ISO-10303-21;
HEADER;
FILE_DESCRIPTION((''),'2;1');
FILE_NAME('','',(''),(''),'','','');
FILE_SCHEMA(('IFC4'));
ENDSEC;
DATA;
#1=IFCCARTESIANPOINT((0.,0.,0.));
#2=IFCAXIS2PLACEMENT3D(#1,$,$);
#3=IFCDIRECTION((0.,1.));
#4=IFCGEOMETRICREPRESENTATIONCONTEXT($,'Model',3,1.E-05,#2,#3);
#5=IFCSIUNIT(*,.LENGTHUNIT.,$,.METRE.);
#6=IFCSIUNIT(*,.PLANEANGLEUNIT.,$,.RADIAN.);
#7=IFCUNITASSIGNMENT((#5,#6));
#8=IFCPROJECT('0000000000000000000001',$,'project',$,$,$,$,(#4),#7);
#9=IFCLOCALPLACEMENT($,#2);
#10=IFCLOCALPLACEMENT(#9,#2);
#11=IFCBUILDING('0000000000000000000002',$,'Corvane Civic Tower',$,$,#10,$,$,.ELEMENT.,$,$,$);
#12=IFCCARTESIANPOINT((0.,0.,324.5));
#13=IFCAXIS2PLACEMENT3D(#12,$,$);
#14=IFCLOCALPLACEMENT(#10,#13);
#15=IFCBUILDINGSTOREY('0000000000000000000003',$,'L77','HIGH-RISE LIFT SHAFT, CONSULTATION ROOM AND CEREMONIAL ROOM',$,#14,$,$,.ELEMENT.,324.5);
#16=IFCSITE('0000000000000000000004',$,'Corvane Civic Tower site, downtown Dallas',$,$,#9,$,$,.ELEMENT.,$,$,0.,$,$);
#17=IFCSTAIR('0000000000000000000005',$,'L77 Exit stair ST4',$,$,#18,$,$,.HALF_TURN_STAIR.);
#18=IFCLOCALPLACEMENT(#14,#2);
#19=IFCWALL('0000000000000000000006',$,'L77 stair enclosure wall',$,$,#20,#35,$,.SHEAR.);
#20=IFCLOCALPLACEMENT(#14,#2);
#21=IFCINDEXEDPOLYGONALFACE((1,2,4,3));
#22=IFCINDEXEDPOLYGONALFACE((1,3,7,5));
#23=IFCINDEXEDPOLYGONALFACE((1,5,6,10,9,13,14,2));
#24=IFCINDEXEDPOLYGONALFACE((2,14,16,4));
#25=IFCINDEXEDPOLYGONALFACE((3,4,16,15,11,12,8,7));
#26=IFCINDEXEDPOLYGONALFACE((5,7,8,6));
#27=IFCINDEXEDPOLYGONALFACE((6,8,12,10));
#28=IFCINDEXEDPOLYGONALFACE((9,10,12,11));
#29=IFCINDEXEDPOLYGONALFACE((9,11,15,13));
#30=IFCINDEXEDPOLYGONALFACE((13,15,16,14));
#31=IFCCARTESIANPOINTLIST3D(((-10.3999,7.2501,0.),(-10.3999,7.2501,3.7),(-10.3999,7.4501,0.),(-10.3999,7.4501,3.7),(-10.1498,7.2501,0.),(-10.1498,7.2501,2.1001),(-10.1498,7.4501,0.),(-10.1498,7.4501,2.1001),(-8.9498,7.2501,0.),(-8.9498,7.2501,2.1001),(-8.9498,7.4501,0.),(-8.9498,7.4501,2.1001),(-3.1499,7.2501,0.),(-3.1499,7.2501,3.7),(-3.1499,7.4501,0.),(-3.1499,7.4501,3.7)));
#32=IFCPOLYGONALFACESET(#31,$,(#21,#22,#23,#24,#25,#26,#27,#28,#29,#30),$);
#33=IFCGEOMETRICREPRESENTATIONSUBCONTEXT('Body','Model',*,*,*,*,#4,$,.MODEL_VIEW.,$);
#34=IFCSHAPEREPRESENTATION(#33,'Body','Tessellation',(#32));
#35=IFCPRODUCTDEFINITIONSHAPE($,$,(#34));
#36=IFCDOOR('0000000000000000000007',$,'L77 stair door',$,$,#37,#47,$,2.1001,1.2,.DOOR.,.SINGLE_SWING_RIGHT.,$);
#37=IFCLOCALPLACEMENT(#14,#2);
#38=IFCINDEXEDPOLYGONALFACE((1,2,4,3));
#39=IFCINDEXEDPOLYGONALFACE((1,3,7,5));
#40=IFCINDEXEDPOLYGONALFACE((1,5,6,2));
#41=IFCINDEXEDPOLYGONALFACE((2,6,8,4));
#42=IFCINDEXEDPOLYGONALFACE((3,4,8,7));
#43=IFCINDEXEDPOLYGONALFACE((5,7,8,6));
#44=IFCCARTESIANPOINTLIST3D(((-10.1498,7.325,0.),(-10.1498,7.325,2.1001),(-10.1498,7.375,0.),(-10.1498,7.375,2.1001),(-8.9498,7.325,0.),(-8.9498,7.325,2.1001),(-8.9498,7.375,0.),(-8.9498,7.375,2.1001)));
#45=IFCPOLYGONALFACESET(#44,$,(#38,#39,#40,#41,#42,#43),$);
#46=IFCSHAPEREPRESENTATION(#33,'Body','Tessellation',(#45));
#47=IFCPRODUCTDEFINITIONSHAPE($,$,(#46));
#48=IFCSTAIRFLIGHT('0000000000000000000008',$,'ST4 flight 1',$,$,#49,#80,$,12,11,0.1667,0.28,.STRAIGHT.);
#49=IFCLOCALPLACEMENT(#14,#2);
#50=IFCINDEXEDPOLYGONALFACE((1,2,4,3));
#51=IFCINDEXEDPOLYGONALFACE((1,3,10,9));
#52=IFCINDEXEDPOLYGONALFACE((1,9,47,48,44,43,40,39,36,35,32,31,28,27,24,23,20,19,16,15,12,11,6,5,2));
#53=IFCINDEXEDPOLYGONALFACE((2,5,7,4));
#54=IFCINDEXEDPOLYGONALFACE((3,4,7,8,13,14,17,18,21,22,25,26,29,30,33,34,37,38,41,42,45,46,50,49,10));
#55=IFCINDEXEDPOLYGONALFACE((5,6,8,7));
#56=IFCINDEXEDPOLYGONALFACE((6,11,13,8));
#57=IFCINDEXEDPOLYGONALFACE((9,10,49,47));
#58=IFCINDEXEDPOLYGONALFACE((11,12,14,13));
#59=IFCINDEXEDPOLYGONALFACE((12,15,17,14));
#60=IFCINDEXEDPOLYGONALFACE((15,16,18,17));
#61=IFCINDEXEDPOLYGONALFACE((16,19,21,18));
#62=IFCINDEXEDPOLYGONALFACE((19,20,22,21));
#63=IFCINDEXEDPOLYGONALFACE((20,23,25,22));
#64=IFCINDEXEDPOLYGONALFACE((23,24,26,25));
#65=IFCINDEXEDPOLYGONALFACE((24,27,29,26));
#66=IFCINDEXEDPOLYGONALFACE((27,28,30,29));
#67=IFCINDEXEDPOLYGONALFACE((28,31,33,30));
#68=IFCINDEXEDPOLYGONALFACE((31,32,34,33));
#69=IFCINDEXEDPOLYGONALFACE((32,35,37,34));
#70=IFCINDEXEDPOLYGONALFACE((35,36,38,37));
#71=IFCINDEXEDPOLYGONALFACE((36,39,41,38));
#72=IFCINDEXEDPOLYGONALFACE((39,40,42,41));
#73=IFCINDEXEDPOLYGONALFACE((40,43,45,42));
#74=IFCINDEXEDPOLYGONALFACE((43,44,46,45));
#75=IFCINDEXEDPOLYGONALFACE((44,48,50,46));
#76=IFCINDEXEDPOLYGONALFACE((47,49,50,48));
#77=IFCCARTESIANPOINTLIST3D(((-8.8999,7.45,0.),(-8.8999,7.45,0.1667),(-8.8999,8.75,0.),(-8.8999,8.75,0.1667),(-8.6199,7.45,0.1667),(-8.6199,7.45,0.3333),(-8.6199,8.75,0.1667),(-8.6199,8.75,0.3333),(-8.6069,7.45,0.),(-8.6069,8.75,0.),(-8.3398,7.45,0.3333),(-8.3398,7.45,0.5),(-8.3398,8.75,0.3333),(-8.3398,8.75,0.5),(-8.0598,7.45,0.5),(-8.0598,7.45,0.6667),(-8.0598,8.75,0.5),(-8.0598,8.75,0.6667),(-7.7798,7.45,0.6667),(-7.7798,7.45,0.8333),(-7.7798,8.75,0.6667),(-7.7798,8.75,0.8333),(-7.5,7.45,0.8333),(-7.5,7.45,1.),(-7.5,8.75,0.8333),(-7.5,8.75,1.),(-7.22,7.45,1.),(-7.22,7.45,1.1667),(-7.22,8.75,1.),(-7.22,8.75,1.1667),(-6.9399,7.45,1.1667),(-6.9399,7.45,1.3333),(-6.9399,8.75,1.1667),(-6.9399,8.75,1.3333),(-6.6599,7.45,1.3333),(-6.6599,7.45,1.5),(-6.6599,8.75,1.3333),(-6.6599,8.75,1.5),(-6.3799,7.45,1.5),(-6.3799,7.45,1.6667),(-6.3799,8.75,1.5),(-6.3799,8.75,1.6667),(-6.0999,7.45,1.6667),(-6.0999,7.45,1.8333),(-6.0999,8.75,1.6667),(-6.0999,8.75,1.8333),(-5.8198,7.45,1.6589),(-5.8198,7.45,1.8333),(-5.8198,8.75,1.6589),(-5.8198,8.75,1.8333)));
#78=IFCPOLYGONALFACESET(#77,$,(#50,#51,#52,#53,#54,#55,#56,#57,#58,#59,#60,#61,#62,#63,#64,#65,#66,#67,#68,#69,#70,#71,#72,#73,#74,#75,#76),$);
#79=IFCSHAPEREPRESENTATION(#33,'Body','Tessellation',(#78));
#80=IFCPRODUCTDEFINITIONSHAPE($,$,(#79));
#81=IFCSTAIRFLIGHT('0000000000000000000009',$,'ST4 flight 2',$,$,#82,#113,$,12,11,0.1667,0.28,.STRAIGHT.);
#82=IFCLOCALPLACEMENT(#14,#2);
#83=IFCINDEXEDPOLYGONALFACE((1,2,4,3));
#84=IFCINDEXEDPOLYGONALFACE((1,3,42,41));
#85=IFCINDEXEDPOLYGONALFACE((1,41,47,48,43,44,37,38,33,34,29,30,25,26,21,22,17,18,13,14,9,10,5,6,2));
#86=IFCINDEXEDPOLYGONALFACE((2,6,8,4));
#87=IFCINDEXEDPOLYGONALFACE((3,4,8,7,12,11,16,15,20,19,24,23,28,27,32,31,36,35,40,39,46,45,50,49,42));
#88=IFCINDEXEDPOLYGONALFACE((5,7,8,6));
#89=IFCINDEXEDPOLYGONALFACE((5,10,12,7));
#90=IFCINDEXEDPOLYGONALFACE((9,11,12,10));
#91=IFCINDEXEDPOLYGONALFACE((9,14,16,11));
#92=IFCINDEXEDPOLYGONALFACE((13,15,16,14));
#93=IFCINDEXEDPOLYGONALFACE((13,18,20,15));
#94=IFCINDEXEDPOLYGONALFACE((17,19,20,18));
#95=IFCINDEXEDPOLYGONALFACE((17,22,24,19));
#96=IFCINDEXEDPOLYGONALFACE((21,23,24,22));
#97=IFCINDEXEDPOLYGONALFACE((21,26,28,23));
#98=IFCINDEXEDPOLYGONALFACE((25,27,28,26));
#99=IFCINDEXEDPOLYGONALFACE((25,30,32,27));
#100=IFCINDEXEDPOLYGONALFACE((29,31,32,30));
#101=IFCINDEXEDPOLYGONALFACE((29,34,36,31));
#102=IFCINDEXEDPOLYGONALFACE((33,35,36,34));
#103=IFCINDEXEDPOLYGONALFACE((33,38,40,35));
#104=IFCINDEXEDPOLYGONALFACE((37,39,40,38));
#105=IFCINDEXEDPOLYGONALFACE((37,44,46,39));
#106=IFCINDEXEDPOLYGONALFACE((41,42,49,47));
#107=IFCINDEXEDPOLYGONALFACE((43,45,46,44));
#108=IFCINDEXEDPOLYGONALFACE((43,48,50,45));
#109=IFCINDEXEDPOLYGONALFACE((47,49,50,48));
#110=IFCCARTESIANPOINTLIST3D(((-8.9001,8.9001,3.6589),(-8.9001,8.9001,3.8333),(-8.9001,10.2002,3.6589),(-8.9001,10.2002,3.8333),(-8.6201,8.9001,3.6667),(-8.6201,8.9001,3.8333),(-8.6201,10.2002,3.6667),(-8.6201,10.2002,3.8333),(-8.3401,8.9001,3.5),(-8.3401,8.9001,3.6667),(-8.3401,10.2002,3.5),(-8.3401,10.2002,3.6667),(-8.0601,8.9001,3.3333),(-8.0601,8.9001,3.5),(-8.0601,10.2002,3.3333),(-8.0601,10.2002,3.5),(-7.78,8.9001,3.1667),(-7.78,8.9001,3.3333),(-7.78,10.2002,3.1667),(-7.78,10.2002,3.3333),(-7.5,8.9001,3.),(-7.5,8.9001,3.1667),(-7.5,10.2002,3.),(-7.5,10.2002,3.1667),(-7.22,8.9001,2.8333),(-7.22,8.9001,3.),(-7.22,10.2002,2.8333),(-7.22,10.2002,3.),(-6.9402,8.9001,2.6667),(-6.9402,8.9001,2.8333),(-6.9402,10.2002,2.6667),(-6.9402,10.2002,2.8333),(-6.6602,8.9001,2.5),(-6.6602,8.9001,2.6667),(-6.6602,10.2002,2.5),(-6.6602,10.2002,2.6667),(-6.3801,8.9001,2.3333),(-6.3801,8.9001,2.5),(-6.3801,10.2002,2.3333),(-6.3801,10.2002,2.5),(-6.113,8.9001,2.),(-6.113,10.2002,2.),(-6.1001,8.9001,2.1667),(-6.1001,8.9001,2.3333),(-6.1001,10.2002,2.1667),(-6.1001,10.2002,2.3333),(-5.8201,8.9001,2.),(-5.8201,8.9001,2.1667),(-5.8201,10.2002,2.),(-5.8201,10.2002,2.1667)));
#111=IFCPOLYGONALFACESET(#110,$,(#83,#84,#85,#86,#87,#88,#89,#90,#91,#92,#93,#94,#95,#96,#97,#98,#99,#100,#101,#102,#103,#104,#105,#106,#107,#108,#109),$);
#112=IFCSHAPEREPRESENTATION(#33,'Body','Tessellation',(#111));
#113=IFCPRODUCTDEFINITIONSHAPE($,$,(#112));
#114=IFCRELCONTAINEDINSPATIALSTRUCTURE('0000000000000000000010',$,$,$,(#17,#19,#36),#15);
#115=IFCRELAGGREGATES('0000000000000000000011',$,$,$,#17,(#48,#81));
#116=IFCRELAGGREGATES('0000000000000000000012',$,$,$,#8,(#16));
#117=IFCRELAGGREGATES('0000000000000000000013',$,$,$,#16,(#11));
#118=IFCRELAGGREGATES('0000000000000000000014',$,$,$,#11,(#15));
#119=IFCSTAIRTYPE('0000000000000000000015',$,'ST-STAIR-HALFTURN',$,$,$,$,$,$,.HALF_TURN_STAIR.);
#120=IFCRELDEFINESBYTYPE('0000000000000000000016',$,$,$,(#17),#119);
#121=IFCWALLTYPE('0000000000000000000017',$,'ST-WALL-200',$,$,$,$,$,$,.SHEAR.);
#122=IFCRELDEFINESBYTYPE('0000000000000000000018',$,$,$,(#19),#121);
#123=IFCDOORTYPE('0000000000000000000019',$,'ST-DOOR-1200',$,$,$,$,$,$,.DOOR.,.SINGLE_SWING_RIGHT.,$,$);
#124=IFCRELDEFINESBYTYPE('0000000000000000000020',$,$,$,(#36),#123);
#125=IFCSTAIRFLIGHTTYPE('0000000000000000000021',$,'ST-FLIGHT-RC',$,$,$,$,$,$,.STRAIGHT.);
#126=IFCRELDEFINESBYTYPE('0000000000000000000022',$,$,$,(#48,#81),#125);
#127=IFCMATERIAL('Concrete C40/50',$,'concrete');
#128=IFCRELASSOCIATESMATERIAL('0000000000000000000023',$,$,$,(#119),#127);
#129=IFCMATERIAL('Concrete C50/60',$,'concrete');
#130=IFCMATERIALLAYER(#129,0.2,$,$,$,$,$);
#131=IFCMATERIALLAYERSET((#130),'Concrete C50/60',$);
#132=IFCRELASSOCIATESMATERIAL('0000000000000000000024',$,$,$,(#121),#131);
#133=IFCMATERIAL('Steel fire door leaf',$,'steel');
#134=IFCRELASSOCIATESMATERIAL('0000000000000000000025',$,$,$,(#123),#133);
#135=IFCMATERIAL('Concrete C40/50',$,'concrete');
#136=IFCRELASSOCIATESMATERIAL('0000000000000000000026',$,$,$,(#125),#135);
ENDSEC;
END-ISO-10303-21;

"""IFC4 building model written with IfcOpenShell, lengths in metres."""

from ifc_helpers import new_model, si_unit, direction, frame, frame_2d, origin, place, context, subcontext, project, spatial, polyline, rectangle, outline, extrude, material, layer, layer_set, type_object, element, fill, aggregate, save


model = new_model("IFC4")

# Units and contexts
model_context = context("Model", 3, precision=1e-05, world=origin(), true_north=direction((0.0, 1.0)))
body_context = subcontext(model_context, "Body", "Model", "MODEL_VIEW")
ifc_project = project(units=[si_unit("LENGTHUNIT", "METRE"), si_unit("PLANEANGLEUNIT", "RADIAN")], contexts=[model_context])

# Site, building, storey
site_placement = place(None, origin())
site = spatial("IfcSite", under=ifc_project, at=site_placement, Name="Corvane Civic Tower site, downtown Dallas", CompositionType="ELEMENT", RefElevation=0.0)
building_placement = place(site_placement, origin())
building = spatial("IfcBuilding", under=site, at=building_placement, Name="Corvane Civic Tower", CompositionType="ELEMENT")
storey_placement = place(building_placement, frame((0.0, 0.0, 324.5)))
storey = spatial("IfcBuildingStorey", under=building, at=storey_placement, Name="L77", Description="HIGH-RISE LIFT SHAFT, CONSULTATION ROOM AND CEREMONIAL ROOM", CompositionType="ELEMENT", Elevation=324.5)

# Stair
ifc_material_1 = material(Name="Concrete C40/50", Category="concrete")
stair_type = type_object("IfcStairType", Name="ST-STAIR-HALFTURN", PredefinedType="HALF_TURN_STAIR", material=ifc_material_1)
stair_1_placement = place(storey_placement, origin())
stair_1 = element("IfcStair", 1, at=stair_1_placement, inside=storey, type_object=stair_type, Name="L77 Exit stair ST4", PredefinedType="HALF_TURN_STAIR")

# Wall, opening, door
ifc_material_2 = material(Name="Concrete C50/60", Category="concrete")
ifc_layer_1 = layer(ifc_material_2, 0.2)
ifc_layer_set_1 = layer_set([ifc_layer_1], Name="Concrete C50/60")
wall_type_1 = type_object("IfcWallType", Name="ST-WALL-200", PredefinedType="SHEAR", material=ifc_layer_set_1)
wall_1_placement = place(storey_placement, frame((-10.3999, 7.3501, 0.0), z_axis=(0.0, 0.0, 1.0), x_axis=(1.0, 0.0, 0.0)))
wall_1 = element("IfcWall", 2, at=wall_1_placement, inside=storey, type_object=wall_type_1, Name="L77 stair enclosure wall", PredefinedType="SHEAR", context=body_context, shape_type="SweptSolid", body=[
    extrude(rectangle(XDim=7.25, YDim=0.2, at=frame_2d((3.625, 0.0))), origin(), (0.0, 0.0, 1.0), 3.7),
])
opening_1_placement = place(wall_1_placement, frame((0.25, 0.0, 0.0)))
opening_1 = element("IfcOpeningElement", 3, at=opening_1_placement, cuts=wall_1, PredefinedType="OPENING", context=body_context, shape_type="SweptSolid", body=[
    extrude(rectangle(XDim=1.2, YDim=2.1001, at=frame_2d((0.6001, 1.05))), frame((0.0, 0.1099, 0.0), z_axis=(0.0, -1.0, 0.0), x_axis=(1.0, 0.0, 0.0)), (0.0, 0.0, 1.0), 0.22),
])
ifc_material_3 = material(Name="Steel fire door leaf", Category="steel")
door_type_1 = type_object("IfcDoorType", Name="ST-DOOR-1200", OperationType="SINGLE_SWING_RIGHT", PredefinedType="DOOR", material=ifc_material_3)
door_1_placement = place(opening_1_placement, origin())
door_1 = element("IfcDoor", 4, at=door_1_placement, inside=storey, type_object=door_type_1, Name="L77 stair door", OperationType="SINGLE_SWING_RIGHT", OverallHeight=2.1001, OverallWidth=1.2, PredefinedType="DOOR", context=body_context, shape_type="SweptSolid", body=[
    extrude(rectangle(XDim=1.2, YDim=2.1001, at=frame_2d((0.6001, 1.05))), frame((0.0, 0.0249, 0.0), z_axis=(0.0, -1.0, 0.0), x_axis=(1.0, 0.0, 0.0)), (0.0, 0.0, 1.0), 0.05),
])
fill(opening_1, door_1)

# Stair flights
ifc_material_4 = material(Name="Concrete C40/50", Category="concrete")
stair_flight_type = type_object("IfcStairFlightType", Name="ST-FLIGHT-RC", PredefinedType="STRAIGHT", material=ifc_material_4)
stair_flight_1_placement = place(storey_placement, frame((-8.8999, 8.1001, 0.0), z_axis=(0.0, 0.0, 1.0), x_axis=(1.0, 0.0, 0.0)))
stair_flight_1 = element("IfcStairFlight", 5, at=stair_flight_1_placement, type_object=stair_flight_type, Name="ST4 flight 1", NumberOfRisers=12, NumberOfTreads=11, PredefinedType="STRAIGHT", RiserHeight=0.1667, TreadLength=0.28, context=body_context, shape_type="SweptSolid", body=[
    extrude(outline(polyline([(0.0, 0.0), (0.0, 0.1667), (0.28, 0.1667), (0.28, 0.3333), (0.5601, 0.3333), (0.5601, 0.5), (0.8401, 0.5), (0.8401, 0.6667), (1.1201, 0.6667), (1.1201, 0.8333), (1.3999, 0.8333), (1.3999, 1.0), (1.6799, 1.0), (1.6799, 1.1667), (1.96, 1.1667), (1.96, 1.3333), (2.24, 1.3333), (2.24, 1.5), (2.52, 1.5), (2.52, 1.6667), (2.8, 1.6667), (2.8, 1.8333), (3.0801, 1.8333), (3.0801, 2.0), (3.0801, 1.6589), (0.293, 0.0), (0.0, 0.0)])), frame((0.0, 0.6499, 0.0), z_axis=(0.0, -1.0, 0.0), x_axis=(1.0, 0.0, 0.0)), (0.0, 0.0, 1.0), 1.3),
])
stair_flight_2_placement = place(storey_placement, frame((-5.8201, 9.55, 2.0), z_axis=(0.0, 0.0, 1.0), x_axis=(-1.0, 0.0, 0.0)))
stair_flight_2 = element("IfcStairFlight", 6, at=stair_flight_2_placement, type_object=stair_flight_type, Name="ST4 flight 2", NumberOfRisers=12, NumberOfTreads=11, PredefinedType="STRAIGHT", RiserHeight=0.1667, TreadLength=0.28, context=body_context, shape_type="SweptSolid", body=[
    extrude(outline(polyline([(0.0, 0.0), (0.0, 0.1667), (0.28, 0.1667), (0.28, 0.3333), (0.5601, 0.3333), (0.5601, 0.5), (0.8401, 0.5), (0.8401, 0.6667), (1.1201, 0.6667), (1.1201, 0.8333), (1.3999, 0.8333), (1.3999, 1.0), (1.6799, 1.0), (1.6799, 1.1667), (1.96, 1.1667), (1.96, 1.3333), (2.24, 1.3333), (2.24, 1.5), (2.52, 1.5), (2.52, 1.6667), (2.8, 1.6667), (2.8, 1.8333), (3.0801, 1.8333), (3.0801, 2.0), (3.0801, 1.6589), (0.293, 0.0), (0.0, 0.0)])), frame((0.0, 0.6499, 0.0), z_axis=(0.0, -1.0, 0.0), x_axis=(1.0, 0.0, 0.0)), (0.0, 0.0, 1.0), 1.3),
])
aggregate(stair_1, [stair_flight_1, stair_flight_2])

save(model, "model.ifc")
